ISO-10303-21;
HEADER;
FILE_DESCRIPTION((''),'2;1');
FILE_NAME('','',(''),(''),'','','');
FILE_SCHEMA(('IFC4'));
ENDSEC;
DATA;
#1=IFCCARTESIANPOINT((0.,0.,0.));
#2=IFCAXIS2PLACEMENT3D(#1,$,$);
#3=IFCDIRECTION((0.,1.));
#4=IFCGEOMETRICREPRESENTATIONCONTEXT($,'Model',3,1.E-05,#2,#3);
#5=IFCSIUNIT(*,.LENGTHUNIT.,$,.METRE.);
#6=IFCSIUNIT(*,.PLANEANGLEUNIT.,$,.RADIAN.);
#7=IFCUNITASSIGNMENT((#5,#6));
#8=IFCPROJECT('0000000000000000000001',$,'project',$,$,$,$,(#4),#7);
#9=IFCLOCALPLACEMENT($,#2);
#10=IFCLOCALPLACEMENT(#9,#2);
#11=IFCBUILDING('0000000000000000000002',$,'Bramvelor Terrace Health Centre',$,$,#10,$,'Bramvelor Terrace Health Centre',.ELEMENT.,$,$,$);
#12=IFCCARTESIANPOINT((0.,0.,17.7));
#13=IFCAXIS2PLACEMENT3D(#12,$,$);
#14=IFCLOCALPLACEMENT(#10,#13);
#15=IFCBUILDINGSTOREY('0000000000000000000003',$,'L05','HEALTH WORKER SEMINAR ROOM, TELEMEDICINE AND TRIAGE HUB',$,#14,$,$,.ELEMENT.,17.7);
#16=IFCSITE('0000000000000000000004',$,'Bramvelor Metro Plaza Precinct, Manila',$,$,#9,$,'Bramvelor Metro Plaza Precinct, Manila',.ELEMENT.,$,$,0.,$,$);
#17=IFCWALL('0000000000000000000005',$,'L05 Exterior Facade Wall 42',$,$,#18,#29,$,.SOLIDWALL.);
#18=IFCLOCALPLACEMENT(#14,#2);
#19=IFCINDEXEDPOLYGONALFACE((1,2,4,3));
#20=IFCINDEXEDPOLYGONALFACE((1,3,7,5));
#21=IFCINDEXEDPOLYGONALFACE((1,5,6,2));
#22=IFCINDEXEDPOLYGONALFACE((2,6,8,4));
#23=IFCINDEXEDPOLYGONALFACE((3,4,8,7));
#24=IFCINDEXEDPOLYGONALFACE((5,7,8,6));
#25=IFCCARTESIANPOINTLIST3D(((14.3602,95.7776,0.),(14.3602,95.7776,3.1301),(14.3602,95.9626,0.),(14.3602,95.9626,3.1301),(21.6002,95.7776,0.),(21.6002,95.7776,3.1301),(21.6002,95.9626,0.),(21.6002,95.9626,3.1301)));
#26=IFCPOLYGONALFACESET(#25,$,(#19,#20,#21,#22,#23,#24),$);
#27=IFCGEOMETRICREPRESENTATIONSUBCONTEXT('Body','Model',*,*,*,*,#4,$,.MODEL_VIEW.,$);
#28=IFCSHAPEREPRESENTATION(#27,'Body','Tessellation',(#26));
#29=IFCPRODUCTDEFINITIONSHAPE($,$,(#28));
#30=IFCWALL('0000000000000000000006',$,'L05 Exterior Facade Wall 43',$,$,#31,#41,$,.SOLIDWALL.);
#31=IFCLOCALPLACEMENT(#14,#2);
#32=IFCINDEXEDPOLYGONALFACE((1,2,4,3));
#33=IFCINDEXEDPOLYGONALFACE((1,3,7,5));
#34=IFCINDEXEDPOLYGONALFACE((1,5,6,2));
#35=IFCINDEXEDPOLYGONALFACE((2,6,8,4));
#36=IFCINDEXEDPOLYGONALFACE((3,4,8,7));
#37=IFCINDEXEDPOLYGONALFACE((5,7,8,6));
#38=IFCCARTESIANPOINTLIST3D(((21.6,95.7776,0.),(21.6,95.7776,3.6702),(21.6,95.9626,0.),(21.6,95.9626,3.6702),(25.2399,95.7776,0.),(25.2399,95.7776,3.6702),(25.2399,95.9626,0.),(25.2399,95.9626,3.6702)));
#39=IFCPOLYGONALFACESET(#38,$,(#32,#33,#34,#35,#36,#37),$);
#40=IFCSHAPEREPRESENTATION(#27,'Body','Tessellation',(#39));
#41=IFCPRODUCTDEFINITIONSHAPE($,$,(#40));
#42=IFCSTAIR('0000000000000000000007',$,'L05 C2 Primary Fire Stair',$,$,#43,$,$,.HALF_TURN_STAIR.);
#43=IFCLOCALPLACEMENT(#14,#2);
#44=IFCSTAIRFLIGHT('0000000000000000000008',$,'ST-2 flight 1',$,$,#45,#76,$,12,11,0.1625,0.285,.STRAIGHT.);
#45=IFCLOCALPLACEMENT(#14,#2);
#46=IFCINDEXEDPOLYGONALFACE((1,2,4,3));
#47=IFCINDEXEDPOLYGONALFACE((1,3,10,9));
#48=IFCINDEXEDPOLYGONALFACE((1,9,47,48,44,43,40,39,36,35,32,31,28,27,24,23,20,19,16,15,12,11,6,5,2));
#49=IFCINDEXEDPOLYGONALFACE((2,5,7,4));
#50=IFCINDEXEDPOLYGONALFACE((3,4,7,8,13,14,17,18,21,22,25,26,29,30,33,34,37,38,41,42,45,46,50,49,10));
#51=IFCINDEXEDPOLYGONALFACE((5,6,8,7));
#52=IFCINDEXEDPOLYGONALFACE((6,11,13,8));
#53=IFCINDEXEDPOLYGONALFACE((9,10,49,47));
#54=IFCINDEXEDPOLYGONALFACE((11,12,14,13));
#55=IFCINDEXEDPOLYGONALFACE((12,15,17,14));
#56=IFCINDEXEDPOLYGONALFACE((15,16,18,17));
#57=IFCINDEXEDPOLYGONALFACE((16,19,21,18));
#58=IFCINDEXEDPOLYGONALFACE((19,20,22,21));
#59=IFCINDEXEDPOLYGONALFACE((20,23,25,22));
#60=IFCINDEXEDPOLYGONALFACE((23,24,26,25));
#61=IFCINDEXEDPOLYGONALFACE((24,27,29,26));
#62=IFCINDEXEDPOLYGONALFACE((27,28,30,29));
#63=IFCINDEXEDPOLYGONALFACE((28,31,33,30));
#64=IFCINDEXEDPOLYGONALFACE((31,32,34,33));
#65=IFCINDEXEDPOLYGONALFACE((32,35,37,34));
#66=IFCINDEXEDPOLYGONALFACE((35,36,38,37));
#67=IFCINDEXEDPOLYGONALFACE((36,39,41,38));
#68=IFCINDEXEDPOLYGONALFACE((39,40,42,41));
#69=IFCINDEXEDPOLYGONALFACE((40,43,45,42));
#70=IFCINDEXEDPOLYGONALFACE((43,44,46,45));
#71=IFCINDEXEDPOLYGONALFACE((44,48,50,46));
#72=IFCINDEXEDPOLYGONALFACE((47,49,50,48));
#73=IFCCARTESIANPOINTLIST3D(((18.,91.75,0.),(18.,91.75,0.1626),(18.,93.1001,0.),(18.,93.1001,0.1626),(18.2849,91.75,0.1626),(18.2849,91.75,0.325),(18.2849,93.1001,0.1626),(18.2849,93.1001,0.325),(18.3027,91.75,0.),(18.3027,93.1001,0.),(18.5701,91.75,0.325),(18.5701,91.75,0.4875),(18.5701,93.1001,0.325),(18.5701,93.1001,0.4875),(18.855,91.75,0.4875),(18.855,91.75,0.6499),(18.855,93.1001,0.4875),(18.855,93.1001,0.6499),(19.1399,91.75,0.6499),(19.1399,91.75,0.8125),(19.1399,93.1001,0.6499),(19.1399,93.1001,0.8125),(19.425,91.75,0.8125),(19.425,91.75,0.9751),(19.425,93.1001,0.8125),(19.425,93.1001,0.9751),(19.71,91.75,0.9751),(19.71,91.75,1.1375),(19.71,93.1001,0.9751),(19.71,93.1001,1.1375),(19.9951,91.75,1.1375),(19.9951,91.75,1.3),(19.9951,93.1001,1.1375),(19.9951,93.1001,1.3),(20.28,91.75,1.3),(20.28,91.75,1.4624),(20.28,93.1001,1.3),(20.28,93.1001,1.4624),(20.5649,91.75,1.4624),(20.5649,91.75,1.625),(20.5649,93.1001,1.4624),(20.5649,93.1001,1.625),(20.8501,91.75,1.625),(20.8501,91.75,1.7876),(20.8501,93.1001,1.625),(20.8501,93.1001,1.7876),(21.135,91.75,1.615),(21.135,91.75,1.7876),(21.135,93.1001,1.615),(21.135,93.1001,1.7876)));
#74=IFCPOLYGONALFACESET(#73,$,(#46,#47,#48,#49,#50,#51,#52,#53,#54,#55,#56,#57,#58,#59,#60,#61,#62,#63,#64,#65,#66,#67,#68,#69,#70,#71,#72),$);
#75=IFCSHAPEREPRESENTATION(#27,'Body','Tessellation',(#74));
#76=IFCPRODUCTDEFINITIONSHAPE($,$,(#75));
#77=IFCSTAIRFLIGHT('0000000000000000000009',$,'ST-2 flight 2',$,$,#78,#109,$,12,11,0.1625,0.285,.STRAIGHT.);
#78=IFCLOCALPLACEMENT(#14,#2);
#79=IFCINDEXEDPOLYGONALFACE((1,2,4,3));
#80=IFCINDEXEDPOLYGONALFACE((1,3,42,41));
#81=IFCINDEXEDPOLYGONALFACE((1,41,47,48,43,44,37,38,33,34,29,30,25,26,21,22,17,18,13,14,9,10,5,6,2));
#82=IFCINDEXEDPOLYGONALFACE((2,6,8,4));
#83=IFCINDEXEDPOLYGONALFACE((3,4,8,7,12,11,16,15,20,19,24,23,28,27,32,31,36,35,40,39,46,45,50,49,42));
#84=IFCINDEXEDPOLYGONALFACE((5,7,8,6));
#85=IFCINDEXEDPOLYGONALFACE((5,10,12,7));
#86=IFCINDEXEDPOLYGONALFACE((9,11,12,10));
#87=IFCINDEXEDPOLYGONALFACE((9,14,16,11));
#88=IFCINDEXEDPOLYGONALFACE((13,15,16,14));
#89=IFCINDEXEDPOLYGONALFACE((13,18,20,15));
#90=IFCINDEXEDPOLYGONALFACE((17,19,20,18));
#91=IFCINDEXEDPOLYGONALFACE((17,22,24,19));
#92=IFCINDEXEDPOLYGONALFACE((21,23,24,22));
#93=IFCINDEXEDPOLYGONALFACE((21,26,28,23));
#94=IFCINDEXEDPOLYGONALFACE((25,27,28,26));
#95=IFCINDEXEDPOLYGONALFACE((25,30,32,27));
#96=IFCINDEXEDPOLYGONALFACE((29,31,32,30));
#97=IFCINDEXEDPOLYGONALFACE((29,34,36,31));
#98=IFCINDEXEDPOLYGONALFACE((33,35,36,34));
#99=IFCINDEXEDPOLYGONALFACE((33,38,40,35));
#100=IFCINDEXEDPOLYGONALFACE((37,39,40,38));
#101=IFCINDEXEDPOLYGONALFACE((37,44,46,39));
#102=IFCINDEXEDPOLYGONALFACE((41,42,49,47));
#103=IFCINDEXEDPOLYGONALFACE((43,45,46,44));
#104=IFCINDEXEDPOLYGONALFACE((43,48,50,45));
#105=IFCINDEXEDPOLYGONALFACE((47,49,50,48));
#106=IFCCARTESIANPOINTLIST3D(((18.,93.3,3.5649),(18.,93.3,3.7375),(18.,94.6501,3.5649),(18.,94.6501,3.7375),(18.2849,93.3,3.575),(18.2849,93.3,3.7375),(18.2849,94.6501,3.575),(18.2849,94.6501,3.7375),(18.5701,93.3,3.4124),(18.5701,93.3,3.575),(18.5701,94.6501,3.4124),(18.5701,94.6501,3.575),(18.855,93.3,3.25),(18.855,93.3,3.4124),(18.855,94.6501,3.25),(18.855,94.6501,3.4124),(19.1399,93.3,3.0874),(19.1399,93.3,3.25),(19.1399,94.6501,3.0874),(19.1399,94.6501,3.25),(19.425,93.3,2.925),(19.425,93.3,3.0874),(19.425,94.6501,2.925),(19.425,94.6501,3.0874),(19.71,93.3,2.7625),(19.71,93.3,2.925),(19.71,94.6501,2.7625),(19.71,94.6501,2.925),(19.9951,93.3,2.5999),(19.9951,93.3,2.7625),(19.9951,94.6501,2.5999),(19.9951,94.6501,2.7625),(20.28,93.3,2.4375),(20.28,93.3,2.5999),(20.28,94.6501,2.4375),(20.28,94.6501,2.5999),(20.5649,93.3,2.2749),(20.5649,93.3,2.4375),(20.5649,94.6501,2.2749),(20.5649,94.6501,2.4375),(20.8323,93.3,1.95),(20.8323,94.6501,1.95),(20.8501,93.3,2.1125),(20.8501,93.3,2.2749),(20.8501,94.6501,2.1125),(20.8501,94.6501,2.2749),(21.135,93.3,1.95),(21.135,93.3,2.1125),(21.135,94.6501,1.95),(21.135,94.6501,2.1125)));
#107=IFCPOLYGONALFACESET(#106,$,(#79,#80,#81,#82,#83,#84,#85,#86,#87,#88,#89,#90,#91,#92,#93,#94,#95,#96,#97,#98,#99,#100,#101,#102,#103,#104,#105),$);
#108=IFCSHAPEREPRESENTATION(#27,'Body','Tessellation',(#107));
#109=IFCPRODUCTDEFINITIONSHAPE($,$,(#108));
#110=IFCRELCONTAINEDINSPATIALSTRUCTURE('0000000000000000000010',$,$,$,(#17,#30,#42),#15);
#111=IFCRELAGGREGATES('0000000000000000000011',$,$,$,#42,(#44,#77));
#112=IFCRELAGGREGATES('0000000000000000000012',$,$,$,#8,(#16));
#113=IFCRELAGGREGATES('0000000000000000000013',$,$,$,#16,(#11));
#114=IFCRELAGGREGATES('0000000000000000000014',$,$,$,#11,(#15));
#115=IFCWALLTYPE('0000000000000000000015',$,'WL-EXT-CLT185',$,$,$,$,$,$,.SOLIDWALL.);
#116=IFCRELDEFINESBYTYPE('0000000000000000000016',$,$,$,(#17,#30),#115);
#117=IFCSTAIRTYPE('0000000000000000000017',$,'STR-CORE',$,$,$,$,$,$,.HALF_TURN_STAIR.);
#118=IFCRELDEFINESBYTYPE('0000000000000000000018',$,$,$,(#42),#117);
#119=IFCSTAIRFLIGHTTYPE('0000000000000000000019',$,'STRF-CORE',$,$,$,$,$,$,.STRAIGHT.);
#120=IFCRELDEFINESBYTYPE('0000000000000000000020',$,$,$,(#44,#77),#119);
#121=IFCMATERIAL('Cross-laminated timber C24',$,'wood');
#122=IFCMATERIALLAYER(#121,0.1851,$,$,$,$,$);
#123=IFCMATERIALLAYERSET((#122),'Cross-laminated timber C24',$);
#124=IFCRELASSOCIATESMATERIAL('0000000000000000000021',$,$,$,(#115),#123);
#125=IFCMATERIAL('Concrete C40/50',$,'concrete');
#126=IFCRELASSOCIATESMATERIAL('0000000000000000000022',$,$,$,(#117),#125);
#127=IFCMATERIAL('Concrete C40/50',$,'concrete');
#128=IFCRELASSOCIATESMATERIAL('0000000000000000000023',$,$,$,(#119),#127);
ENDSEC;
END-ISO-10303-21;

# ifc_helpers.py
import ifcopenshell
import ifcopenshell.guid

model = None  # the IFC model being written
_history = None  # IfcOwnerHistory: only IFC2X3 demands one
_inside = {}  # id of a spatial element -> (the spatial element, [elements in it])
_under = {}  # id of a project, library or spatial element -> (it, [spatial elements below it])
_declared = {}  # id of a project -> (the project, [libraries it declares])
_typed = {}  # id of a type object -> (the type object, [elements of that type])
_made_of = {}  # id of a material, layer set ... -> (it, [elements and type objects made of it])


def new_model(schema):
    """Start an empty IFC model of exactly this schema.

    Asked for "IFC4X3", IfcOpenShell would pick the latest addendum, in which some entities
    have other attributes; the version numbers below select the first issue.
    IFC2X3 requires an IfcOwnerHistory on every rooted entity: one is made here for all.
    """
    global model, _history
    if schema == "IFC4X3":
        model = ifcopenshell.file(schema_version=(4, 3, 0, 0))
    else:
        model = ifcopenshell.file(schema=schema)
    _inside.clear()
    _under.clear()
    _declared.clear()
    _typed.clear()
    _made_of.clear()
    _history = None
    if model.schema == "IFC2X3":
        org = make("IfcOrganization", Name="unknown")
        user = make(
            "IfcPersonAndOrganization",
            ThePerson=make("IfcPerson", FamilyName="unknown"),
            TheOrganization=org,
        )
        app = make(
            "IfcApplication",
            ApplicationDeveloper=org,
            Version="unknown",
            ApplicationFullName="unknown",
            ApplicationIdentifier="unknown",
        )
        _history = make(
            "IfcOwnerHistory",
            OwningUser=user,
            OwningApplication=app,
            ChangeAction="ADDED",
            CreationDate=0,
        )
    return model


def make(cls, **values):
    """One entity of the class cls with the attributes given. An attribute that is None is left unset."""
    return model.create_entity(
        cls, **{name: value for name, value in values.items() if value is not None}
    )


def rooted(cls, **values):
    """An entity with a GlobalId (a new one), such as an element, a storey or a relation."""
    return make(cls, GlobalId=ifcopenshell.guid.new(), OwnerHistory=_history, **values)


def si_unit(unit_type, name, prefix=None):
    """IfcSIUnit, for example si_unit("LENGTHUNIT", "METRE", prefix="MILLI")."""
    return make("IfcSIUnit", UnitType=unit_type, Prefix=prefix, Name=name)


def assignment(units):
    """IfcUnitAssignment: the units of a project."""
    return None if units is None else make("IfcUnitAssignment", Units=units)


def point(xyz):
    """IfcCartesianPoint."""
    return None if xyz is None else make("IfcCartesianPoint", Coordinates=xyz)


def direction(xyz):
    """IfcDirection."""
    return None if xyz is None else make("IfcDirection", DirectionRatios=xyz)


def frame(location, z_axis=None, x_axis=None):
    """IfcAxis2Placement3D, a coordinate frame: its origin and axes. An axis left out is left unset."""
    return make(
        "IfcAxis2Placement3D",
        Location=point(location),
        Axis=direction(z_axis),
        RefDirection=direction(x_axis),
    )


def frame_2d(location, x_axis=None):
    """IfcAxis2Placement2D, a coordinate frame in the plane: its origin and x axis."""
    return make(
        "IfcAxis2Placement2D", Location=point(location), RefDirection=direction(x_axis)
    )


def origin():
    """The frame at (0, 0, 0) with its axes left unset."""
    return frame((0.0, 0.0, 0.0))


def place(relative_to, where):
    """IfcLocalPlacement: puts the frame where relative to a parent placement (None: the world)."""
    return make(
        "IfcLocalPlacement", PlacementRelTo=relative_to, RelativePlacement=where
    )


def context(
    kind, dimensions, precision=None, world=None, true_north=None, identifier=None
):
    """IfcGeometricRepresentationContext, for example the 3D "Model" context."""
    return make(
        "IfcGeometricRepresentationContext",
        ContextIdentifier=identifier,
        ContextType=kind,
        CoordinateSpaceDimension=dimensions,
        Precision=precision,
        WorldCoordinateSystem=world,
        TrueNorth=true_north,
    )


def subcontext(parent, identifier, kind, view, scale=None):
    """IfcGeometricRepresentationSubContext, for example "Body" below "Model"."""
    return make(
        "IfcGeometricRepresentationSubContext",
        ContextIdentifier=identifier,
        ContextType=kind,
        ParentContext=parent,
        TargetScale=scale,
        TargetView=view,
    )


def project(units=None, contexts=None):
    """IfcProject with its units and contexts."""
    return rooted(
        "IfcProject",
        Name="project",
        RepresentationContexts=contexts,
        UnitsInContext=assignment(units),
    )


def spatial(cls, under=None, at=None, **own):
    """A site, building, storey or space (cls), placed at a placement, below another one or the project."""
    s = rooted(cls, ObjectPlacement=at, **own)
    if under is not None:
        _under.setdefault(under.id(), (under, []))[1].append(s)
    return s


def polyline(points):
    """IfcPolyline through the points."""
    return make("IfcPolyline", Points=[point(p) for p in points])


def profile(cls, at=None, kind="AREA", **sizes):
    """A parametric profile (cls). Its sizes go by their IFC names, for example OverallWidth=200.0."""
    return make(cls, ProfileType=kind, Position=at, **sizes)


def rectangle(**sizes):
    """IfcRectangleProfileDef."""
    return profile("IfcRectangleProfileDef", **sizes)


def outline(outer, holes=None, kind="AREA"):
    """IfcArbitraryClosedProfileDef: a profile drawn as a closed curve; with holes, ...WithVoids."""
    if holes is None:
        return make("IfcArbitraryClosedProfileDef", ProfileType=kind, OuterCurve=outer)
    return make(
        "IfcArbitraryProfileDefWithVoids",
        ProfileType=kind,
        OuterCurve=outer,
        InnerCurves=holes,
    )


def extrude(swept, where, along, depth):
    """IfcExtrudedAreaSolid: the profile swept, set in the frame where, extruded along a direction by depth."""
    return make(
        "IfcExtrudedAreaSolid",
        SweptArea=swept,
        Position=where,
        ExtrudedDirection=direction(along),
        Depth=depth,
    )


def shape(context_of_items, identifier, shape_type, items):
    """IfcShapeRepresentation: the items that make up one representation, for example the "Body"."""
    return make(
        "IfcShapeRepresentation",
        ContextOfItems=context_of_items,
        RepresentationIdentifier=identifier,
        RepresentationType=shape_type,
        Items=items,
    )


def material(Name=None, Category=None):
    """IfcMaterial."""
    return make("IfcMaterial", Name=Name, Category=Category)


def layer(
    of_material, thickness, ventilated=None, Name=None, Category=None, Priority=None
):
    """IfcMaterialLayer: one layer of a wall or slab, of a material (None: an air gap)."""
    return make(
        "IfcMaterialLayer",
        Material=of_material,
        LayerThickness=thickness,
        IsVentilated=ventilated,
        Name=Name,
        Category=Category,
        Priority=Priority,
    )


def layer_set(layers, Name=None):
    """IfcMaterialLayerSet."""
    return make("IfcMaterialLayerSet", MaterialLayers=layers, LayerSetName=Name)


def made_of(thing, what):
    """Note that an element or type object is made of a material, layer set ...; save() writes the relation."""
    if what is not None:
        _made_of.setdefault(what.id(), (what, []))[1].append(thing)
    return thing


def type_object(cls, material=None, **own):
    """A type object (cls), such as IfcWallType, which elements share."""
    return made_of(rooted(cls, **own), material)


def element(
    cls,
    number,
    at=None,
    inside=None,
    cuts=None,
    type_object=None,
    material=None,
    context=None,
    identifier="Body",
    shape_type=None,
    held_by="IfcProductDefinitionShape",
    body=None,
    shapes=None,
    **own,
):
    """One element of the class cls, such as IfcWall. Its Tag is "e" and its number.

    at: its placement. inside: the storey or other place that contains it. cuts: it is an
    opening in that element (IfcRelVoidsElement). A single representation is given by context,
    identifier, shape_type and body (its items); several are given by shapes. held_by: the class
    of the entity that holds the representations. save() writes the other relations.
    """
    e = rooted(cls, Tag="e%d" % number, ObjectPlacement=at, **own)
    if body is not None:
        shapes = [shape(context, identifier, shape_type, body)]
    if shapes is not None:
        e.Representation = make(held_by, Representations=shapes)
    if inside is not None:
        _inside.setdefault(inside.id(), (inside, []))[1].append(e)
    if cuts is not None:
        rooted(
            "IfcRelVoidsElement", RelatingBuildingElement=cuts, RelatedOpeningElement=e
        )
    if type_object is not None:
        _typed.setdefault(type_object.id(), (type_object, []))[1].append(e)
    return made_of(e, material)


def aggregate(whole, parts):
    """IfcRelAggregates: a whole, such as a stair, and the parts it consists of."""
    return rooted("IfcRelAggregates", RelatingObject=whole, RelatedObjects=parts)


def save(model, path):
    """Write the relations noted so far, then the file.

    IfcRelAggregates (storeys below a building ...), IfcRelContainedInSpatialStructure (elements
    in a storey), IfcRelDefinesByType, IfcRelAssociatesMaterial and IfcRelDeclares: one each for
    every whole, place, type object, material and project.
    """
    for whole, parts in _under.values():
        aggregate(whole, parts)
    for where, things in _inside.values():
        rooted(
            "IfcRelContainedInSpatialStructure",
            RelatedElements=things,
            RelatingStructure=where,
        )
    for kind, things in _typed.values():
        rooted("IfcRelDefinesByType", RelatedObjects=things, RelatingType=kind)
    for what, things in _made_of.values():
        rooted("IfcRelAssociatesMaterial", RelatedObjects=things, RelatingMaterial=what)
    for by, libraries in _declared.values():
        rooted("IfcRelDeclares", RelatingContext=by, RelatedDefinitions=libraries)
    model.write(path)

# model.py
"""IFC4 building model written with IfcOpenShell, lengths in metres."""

from ifc_helpers import new_model, si_unit, direction, frame, frame_2d, origin, place, context, subcontext, project, spatial, polyline, rectangle, outline, extrude, material, layer, layer_set, type_object, element, aggregate, save


model = new_model("IFC4")

# Units and contexts
model_context = context("Model", 3, precision=1e-05, world=origin(), true_north=direction((0.0, 1.0)))
body_context = subcontext(model_context, "Body", "Model", "MODEL_VIEW")
ifc_project = project(units=[si_unit("LENGTHUNIT", "METRE"), si_unit("PLANEANGLEUNIT", "RADIAN")], contexts=[model_context])

# Site, building, storey
site_placement = place(None, origin())
site = spatial("IfcSite", under=ifc_project, at=site_placement, Name="Bramvelor Metro Plaza Precinct, Manila", LongName="Bramvelor Metro Plaza Precinct, Manila", CompositionType="ELEMENT", RefElevation=0.0)
building_placement = place(site_placement, origin())
building = spatial("IfcBuilding", under=site, at=building_placement, Name="Bramvelor Terrace Health Centre", LongName="Bramvelor Terrace Health Centre", CompositionType="ELEMENT")
storey_placement = place(building_placement, frame((0.0, 0.0, 17.7)))
storey = spatial("IfcBuildingStorey", under=building, at=storey_placement, Name="L05", Description="HEALTH WORKER SEMINAR ROOM, TELEMEDICINE AND TRIAGE HUB", CompositionType="ELEMENT", Elevation=17.7)

# Shared definitions
ifc_material_1 = material(Name="Cross-laminated timber C24", Category="wood")
ifc_layer_1 = layer(ifc_material_1, 0.1851)
ifc_layer_set_1 = layer_set([ifc_layer_1], Name="Cross-laminated timber C24")
wall_type_1 = type_object("IfcWallType", Name="WL-EXT-CLT185", PredefinedType="SOLIDWALL", material=ifc_layer_set_1)

# Walls
wall_1_placement = place(storey_placement, frame((14.3601, 95.8701, 0.0), z_axis=(0.0, 0.0, 1.0), x_axis=(1.0, 0.0, 0.0)))
element("IfcWall", 1, at=wall_1_placement, inside=storey, type_object=wall_type_1, Name="L05 Exterior Facade Wall 42", PredefinedType="SOLIDWALL", context=body_context, shape_type="SweptSolid", body=[
    extrude(rectangle(XDim=7.24, YDim=0.1851, at=frame_2d((3.6201, 0.0))), origin(), (0.0, 0.0, 1.0), 3.1301),
])
wall_2_placement = place(storey_placement, frame((21.6001, 95.8701, 0.0), z_axis=(0.0, 0.0, 1.0), x_axis=(1.0, 0.0, 0.0)))
element("IfcWall", 2, at=wall_2_placement, inside=storey, type_object=wall_type_1, Name="L05 Exterior Facade Wall 43", PredefinedType="SOLIDWALL", context=body_context, shape_type="SweptSolid", body=[
    extrude(rectangle(XDim=3.6399, YDim=0.1851, at=frame_2d((1.8198, 0.0))), origin(), (0.0, 0.0, 1.0), 3.6702),
])

# Stair, stair flights
ifc_material_2 = material(Name="Concrete C40/50", Category="concrete")
stair_type = type_object("IfcStairType", Name="STR-CORE", PredefinedType="HALF_TURN_STAIR", material=ifc_material_2)
stair_placement = place(storey_placement, origin())
stair = element("IfcStair", 3, at=stair_placement, inside=storey, type_object=stair_type, Name="L05 C2 Primary Fire Stair", PredefinedType="HALF_TURN_STAIR")
ifc_material_3 = material(Name="Concrete C40/50", Category="concrete")
stair_flight_type = type_object("IfcStairFlightType", Name="STRF-CORE", PredefinedType="STRAIGHT", material=ifc_material_3)
stair_flight_1_placement = place(storey_placement, frame((18.0, 92.425, 0.0), z_axis=(0.0, 0.0, 1.0), x_axis=(1.0, 0.0, 0.0)))
stair_flight_1 = element("IfcStairFlight", 4, at=stair_flight_1_placement, type_object=stair_flight_type, Name="ST-2 flight 1", NumberOfRisers=12, NumberOfTreads=11, PredefinedType="STRAIGHT", RiserHeight=0.1625, TreadLength=0.285, context=body_context, shape_type="SweptSolid", body=[
    extrude(outline(polyline([(0.0, 0.0), (0.0, 0.1626), (0.2849, 0.1626), (0.2849, 0.325), (0.5701, 0.325), (0.5701, 0.4875), (0.855, 0.4875), (0.855, 0.6499), (1.1399, 0.6499), (1.1399, 0.8125), (1.425, 0.8125), (1.425, 0.9751), (1.71, 0.9751), (1.71, 1.1375), (1.9951, 1.1375), (1.9951, 1.3), (2.28, 1.3), (2.28, 1.4624), (2.5649, 1.4624), (2.5649, 1.625), (2.8501, 1.625), (2.8501, 1.7876), (3.135, 1.7876), (3.135, 1.95), (3.135, 1.615), (0.3027, 0.0), (0.0, 0.0)])), frame((0.0, 0.675, 0.0), z_axis=(0.0, -1.0, 0.0), x_axis=(1.0, 0.0, 0.0)), (0.0, 0.0, 1.0), 1.3501),
])
stair_flight_2_placement = place(storey_placement, frame((21.135, 93.9751, 1.95), z_axis=(0.0, 0.0, 1.0), x_axis=(-1.0, 0.0, 0.0)))
stair_flight_2 = element("IfcStairFlight", 5, at=stair_flight_2_placement, type_object=stair_flight_type, Name="ST-2 flight 2", NumberOfRisers=12, NumberOfTreads=11, PredefinedType="STRAIGHT", RiserHeight=0.1625, TreadLength=0.285, context=body_context, shape_type="SweptSolid", body=[
    extrude(outline(polyline([(0.0, 0.0), (0.0, 0.1626), (0.2849, 0.1626), (0.2849, 0.325), (0.5701, 0.325), (0.5701, 0.4875), (0.855, 0.4875), (0.855, 0.6499), (1.1399, 0.6499), (1.1399, 0.8125), (1.425, 0.8125), (1.425, 0.9751), (1.71, 0.9751), (1.71, 1.1375), (1.9951, 1.1375), (1.9951, 1.3), (2.28, 1.3), (2.28, 1.4624), (2.5649, 1.4624), (2.5649, 1.625), (2.8501, 1.625), (2.8501, 1.7876), (3.135, 1.7876), (3.135, 1.95), (3.135, 1.615), (0.3027, 0.0), (0.0, 0.0)])), frame((0.0, 0.675, 0.0), z_axis=(0.0, -1.0, 0.0), x_axis=(1.0, 0.0, 0.0)), (0.0, 0.0, 1.0), 1.3501),
])
aggregate(stair, [stair_flight_1, stair_flight_2])

save(model, "model.ifc")
